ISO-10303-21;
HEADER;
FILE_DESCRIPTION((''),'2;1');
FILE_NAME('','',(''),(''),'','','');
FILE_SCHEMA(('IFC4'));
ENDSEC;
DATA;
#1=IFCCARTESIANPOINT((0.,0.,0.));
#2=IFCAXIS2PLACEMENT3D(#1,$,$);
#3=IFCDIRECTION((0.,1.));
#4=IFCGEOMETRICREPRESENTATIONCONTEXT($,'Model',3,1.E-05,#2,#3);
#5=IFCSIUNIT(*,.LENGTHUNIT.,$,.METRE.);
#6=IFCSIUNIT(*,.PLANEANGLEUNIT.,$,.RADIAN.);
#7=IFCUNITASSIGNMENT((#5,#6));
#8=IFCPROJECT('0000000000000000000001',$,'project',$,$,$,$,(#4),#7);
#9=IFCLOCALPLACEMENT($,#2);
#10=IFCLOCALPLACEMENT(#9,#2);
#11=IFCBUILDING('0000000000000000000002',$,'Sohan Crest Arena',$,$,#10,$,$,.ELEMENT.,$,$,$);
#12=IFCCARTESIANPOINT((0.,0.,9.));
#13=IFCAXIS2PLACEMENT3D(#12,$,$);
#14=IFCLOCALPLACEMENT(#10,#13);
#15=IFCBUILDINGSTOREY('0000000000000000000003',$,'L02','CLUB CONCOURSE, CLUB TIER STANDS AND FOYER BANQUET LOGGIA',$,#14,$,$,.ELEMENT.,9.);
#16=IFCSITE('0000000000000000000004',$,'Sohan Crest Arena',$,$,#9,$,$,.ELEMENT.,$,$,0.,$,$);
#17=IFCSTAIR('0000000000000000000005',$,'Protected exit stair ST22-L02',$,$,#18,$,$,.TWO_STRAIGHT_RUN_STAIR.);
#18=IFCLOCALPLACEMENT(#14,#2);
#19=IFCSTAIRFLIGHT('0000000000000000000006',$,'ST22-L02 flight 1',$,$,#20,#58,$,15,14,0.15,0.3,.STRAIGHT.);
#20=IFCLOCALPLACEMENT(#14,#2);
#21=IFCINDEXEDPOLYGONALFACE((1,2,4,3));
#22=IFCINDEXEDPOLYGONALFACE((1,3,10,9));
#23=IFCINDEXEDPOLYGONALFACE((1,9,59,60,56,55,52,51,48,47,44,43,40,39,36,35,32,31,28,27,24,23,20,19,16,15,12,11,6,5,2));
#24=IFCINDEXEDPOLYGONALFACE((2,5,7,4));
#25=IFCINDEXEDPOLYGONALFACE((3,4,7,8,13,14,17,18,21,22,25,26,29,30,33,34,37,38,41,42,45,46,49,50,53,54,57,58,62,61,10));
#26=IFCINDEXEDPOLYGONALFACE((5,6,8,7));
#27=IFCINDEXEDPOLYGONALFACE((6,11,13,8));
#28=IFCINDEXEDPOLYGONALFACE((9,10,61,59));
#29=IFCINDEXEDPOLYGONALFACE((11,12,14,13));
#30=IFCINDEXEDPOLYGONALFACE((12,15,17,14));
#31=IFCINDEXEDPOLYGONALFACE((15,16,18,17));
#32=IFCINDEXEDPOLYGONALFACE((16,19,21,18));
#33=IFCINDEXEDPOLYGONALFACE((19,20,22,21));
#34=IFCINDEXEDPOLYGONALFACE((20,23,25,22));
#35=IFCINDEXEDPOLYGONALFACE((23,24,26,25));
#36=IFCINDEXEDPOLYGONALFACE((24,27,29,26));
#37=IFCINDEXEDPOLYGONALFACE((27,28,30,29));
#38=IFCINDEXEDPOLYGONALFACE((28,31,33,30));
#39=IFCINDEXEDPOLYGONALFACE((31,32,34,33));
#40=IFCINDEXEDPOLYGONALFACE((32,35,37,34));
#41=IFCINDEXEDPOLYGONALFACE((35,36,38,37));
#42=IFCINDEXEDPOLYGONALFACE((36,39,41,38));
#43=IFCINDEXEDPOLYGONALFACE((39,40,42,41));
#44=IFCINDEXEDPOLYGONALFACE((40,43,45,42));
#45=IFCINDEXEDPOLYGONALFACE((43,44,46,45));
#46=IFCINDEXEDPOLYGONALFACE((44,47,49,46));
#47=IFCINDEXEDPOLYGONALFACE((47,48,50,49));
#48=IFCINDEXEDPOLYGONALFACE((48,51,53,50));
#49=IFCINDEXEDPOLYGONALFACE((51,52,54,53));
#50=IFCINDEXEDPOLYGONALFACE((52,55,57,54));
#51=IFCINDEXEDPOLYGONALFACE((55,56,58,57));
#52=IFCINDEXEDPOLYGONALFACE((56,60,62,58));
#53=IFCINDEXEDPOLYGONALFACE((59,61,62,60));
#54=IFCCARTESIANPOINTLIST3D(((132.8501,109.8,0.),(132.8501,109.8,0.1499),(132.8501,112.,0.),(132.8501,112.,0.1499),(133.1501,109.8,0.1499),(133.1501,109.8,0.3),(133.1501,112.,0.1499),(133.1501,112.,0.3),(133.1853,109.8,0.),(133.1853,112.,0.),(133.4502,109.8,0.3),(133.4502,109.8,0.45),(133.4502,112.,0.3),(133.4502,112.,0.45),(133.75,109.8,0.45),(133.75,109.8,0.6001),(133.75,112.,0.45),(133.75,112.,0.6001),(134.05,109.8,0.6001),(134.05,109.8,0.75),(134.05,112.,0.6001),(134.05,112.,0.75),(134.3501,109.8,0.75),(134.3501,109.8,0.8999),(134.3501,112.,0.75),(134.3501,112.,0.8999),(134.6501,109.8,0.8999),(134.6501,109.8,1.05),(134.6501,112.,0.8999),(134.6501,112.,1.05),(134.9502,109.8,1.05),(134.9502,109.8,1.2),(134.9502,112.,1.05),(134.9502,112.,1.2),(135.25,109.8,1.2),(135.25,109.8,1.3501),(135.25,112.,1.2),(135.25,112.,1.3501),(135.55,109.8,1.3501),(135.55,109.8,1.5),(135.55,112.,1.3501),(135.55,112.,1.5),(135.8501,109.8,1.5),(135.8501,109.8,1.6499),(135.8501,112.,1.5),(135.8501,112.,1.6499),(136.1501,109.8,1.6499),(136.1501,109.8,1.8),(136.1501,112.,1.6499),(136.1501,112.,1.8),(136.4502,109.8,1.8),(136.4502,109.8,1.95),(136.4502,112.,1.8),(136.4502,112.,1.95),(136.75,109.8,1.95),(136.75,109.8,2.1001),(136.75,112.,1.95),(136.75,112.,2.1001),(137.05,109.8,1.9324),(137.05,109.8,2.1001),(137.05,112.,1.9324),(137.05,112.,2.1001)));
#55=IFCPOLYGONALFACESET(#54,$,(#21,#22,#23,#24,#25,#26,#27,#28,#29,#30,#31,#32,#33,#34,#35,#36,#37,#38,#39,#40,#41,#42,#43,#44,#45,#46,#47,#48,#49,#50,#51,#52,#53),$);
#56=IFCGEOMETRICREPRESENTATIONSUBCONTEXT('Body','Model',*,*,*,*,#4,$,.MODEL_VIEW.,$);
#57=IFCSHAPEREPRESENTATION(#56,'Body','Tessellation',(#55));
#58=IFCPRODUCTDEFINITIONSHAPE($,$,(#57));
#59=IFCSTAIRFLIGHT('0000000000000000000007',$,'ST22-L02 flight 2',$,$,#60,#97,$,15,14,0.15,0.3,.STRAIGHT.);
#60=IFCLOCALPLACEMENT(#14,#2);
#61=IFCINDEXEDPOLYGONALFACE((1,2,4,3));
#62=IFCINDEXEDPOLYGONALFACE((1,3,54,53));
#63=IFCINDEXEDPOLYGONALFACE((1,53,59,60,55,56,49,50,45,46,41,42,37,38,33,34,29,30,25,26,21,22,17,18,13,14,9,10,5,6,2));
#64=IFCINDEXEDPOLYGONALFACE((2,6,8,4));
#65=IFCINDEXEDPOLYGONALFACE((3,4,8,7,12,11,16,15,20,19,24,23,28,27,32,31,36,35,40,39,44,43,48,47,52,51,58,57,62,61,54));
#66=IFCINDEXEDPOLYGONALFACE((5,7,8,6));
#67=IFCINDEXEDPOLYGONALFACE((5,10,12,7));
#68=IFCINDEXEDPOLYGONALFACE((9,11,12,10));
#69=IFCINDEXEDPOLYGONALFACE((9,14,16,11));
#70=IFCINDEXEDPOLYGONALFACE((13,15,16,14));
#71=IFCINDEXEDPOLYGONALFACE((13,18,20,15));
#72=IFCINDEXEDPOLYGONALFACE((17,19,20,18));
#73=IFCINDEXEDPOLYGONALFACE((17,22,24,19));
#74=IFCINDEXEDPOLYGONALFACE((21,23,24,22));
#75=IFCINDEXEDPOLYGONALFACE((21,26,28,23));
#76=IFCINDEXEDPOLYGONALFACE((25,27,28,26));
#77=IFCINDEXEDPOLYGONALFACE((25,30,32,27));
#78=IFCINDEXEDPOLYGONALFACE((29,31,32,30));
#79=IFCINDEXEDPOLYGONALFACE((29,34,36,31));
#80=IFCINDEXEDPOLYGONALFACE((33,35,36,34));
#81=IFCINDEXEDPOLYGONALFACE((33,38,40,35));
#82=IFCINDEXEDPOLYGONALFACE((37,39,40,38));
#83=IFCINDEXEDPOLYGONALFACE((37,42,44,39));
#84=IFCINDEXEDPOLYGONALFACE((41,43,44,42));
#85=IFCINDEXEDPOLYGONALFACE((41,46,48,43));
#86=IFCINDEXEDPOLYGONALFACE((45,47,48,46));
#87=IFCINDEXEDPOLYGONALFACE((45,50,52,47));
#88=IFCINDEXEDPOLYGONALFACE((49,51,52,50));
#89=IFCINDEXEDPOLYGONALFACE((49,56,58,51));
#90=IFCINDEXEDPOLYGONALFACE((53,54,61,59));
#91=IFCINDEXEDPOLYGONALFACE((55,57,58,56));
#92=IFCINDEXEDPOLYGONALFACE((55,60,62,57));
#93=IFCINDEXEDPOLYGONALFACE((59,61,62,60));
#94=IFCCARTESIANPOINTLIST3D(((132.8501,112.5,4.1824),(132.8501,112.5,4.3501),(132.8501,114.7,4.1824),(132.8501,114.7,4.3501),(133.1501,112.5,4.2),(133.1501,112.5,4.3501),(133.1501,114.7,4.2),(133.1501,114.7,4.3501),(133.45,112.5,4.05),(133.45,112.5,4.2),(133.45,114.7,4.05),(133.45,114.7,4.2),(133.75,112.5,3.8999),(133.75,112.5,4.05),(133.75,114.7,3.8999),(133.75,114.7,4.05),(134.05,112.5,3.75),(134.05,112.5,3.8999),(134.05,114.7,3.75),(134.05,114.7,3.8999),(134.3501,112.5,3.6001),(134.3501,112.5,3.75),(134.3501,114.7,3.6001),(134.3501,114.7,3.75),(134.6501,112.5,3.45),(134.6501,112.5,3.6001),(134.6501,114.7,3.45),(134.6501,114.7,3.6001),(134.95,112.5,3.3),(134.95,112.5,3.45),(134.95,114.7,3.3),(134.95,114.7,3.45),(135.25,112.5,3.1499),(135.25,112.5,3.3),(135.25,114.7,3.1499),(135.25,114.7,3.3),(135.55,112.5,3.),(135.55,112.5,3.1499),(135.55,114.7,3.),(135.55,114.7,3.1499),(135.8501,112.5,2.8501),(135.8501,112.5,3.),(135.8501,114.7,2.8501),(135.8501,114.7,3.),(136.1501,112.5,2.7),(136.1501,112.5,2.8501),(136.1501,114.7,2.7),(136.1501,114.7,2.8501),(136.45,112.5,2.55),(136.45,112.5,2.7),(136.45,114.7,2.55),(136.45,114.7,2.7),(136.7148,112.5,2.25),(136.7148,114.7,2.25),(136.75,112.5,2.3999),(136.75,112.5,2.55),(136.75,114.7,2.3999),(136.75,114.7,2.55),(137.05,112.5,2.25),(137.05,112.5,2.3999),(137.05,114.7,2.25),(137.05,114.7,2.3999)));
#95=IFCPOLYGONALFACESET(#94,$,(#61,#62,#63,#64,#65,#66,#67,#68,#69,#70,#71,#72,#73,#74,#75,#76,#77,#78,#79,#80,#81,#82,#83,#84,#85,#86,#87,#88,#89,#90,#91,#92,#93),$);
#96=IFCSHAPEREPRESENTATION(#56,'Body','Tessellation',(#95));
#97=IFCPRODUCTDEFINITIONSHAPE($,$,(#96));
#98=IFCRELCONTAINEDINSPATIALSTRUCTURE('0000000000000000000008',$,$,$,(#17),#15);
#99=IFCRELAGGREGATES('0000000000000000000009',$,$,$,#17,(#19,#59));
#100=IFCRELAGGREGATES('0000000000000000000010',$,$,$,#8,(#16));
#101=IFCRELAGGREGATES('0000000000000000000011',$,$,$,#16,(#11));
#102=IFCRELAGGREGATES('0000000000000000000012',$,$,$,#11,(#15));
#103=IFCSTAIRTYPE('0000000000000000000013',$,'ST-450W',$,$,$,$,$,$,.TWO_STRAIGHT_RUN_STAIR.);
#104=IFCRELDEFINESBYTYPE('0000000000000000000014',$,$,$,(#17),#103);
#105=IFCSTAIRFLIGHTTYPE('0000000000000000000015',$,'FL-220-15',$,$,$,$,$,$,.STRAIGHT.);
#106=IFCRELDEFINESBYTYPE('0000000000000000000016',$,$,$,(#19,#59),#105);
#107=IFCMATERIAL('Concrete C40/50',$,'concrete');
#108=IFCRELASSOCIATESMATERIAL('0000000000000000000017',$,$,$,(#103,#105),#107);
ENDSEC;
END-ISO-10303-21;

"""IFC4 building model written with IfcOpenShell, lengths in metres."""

from ifc_helpers import new_model, si_unit, direction, frame, origin, place, context, subcontext, project, spatial, polyline, outline, extrude, material, type_object, element, aggregate, save


model = new_model("IFC4")

# Units and contexts
model_context = context("Model", 3, precision=1e-05, world=origin(), true_north=direction((0.0, 1.0)))
body_context = subcontext(model_context, "Body", "Model", "MODEL_VIEW")
ifc_project = project(units=[si_unit("LENGTHUNIT", "METRE"), si_unit("PLANEANGLEUNIT", "RADIAN")], contexts=[model_context])

# Site, building, storey
site_placement = place(None, origin())
site = spatial("IfcSite", under=ifc_project, at=site_placement, Name="Sohan Crest Arena", CompositionType="ELEMENT", RefElevation=0.0)
building_placement = place(site_placement, origin())
building = spatial("IfcBuilding", under=site, at=building_placement, Name="Sohan Crest Arena", CompositionType="ELEMENT")
storey_placement = place(building_placement, frame((0.0, 0.0, 9.0)))
storey = spatial("IfcBuildingStorey", under=building, at=storey_placement, Name="L02", Description="CLUB CONCOURSE, CLUB TIER STANDS AND FOYER BANQUET LOGGIA", CompositionType="ELEMENT", Elevation=9.0)

# Shared definitions
ifc_material_1 = material(Name="Concrete C40/50", Category="concrete")

# Stair, stair flights
stair_type = type_object("IfcStairType", Name="ST-450W", PredefinedType="TWO_STRAIGHT_RUN_STAIR", material=ifc_material_1)
stair_placement = place(storey_placement, origin())
stair = element("IfcStair", 1, at=stair_placement, inside=storey, type_object=stair_type, Name="Protected exit stair ST22-L02", PredefinedType="TWO_STRAIGHT_RUN_STAIR")
stair_flight_type = type_object("IfcStairFlightType", Name="FL-220-15", PredefinedType="STRAIGHT", material=ifc_material_1)
stair_flight_1_placement = place(storey_placement, frame((132.8501, 110.8999, 0.0), z_axis=(0.0, 0.0, 1.0), x_axis=(1.0, 0.0, 0.0)))
stair_flight_1 = element("IfcStairFlight", 2, at=stair_flight_1_placement, type_object=stair_flight_type, Name="ST22-L02 flight 1", NumberOfRisers=15, NumberOfTreads=14, PredefinedType="STRAIGHT", RiserHeight=0.15, TreadLength=0.3, context=body_context, shape_type="SweptSolid", body=[
    extrude(outline(polyline([(0.0, 0.0), (0.0, 0.1499), (0.3, 0.1499), (0.3, 0.3), (0.6001, 0.3), (0.6001, 0.45), (0.8999, 0.45), (0.8999, 0.6001), (1.2, 0.6001), (1.2, 0.75), (1.5, 0.75), (1.5, 0.8999), (1.8, 0.8999), (1.8, 1.05), (2.1001, 1.05), (2.1001, 1.2), (2.3999, 1.2), (2.3999, 1.3501), (2.7, 1.3501), (2.7, 1.5), (3.0, 1.5), (3.0, 1.6499), (3.3, 1.6499), (3.3, 1.8), (3.6001, 1.8), (3.6001, 1.95), (3.8999, 1.95), (3.8999, 2.1001), (4.2, 2.1001), (4.2, 2.25), (4.2, 1.9324), (0.3352, 0.0), (0.0, 0.0)])), frame((0.0, 1.1001, 0.0), z_axis=(0.0, -1.0, 0.0), x_axis=(1.0, 0.0, 0.0)), (0.0, 0.0, 1.0), 2.2),
])
stair_flight_2_placement = place(storey_placement, frame((137.05, 113.6001, 2.25), z_axis=(0.0, 0.0, 1.0), x_axis=(-1.0, 0.0, 0.0)))
stair_flight_2 = element("IfcStairFlight", 3, at=stair_flight_2_placement, type_object=stair_flight_type, Name="ST22-L02 flight 2", NumberOfRisers=15, NumberOfTreads=14, PredefinedType="STRAIGHT", RiserHeight=0.15, TreadLength=0.3, context=body_context, shape_type="SweptSolid", body=[
    extrude(outline(polyline([(0.0, 0.0), (0.0, 0.1499), (0.3, 0.1499), (0.3, 0.3), (0.6001, 0.3), (0.6001, 0.45), (0.8999, 0.45), (0.8999, 0.6001), (1.2, 0.6001), (1.2, 0.75), (1.5, 0.75), (1.5, 0.8999), (1.8, 0.8999), (1.8, 1.05), (2.1001, 1.05), (2.1001, 1.2), (2.3999, 1.2), (2.3999, 1.3501), (2.7, 1.3501), (2.7, 1.5), (3.0, 1.5), (3.0, 1.6499), (3.3, 1.6499), (3.3, 1.8), (3.6001, 1.8), (3.6001, 1.95), (3.8999, 1.95), (3.8999, 2.1001), (4.2, 2.1001), (4.2, 2.25), (4.2, 1.9324), (0.3352, 0.0), (0.0, 0.0)])), frame((0.0, 1.1001, 0.0), z_axis=(0.0, -1.0, 0.0), x_axis=(1.0, 0.0, 0.0)), (0.0, 0.0, 1.0), 2.2),
])
aggregate(stair, [stair_flight_1, stair_flight_2])

save(model, "model.ifc")
